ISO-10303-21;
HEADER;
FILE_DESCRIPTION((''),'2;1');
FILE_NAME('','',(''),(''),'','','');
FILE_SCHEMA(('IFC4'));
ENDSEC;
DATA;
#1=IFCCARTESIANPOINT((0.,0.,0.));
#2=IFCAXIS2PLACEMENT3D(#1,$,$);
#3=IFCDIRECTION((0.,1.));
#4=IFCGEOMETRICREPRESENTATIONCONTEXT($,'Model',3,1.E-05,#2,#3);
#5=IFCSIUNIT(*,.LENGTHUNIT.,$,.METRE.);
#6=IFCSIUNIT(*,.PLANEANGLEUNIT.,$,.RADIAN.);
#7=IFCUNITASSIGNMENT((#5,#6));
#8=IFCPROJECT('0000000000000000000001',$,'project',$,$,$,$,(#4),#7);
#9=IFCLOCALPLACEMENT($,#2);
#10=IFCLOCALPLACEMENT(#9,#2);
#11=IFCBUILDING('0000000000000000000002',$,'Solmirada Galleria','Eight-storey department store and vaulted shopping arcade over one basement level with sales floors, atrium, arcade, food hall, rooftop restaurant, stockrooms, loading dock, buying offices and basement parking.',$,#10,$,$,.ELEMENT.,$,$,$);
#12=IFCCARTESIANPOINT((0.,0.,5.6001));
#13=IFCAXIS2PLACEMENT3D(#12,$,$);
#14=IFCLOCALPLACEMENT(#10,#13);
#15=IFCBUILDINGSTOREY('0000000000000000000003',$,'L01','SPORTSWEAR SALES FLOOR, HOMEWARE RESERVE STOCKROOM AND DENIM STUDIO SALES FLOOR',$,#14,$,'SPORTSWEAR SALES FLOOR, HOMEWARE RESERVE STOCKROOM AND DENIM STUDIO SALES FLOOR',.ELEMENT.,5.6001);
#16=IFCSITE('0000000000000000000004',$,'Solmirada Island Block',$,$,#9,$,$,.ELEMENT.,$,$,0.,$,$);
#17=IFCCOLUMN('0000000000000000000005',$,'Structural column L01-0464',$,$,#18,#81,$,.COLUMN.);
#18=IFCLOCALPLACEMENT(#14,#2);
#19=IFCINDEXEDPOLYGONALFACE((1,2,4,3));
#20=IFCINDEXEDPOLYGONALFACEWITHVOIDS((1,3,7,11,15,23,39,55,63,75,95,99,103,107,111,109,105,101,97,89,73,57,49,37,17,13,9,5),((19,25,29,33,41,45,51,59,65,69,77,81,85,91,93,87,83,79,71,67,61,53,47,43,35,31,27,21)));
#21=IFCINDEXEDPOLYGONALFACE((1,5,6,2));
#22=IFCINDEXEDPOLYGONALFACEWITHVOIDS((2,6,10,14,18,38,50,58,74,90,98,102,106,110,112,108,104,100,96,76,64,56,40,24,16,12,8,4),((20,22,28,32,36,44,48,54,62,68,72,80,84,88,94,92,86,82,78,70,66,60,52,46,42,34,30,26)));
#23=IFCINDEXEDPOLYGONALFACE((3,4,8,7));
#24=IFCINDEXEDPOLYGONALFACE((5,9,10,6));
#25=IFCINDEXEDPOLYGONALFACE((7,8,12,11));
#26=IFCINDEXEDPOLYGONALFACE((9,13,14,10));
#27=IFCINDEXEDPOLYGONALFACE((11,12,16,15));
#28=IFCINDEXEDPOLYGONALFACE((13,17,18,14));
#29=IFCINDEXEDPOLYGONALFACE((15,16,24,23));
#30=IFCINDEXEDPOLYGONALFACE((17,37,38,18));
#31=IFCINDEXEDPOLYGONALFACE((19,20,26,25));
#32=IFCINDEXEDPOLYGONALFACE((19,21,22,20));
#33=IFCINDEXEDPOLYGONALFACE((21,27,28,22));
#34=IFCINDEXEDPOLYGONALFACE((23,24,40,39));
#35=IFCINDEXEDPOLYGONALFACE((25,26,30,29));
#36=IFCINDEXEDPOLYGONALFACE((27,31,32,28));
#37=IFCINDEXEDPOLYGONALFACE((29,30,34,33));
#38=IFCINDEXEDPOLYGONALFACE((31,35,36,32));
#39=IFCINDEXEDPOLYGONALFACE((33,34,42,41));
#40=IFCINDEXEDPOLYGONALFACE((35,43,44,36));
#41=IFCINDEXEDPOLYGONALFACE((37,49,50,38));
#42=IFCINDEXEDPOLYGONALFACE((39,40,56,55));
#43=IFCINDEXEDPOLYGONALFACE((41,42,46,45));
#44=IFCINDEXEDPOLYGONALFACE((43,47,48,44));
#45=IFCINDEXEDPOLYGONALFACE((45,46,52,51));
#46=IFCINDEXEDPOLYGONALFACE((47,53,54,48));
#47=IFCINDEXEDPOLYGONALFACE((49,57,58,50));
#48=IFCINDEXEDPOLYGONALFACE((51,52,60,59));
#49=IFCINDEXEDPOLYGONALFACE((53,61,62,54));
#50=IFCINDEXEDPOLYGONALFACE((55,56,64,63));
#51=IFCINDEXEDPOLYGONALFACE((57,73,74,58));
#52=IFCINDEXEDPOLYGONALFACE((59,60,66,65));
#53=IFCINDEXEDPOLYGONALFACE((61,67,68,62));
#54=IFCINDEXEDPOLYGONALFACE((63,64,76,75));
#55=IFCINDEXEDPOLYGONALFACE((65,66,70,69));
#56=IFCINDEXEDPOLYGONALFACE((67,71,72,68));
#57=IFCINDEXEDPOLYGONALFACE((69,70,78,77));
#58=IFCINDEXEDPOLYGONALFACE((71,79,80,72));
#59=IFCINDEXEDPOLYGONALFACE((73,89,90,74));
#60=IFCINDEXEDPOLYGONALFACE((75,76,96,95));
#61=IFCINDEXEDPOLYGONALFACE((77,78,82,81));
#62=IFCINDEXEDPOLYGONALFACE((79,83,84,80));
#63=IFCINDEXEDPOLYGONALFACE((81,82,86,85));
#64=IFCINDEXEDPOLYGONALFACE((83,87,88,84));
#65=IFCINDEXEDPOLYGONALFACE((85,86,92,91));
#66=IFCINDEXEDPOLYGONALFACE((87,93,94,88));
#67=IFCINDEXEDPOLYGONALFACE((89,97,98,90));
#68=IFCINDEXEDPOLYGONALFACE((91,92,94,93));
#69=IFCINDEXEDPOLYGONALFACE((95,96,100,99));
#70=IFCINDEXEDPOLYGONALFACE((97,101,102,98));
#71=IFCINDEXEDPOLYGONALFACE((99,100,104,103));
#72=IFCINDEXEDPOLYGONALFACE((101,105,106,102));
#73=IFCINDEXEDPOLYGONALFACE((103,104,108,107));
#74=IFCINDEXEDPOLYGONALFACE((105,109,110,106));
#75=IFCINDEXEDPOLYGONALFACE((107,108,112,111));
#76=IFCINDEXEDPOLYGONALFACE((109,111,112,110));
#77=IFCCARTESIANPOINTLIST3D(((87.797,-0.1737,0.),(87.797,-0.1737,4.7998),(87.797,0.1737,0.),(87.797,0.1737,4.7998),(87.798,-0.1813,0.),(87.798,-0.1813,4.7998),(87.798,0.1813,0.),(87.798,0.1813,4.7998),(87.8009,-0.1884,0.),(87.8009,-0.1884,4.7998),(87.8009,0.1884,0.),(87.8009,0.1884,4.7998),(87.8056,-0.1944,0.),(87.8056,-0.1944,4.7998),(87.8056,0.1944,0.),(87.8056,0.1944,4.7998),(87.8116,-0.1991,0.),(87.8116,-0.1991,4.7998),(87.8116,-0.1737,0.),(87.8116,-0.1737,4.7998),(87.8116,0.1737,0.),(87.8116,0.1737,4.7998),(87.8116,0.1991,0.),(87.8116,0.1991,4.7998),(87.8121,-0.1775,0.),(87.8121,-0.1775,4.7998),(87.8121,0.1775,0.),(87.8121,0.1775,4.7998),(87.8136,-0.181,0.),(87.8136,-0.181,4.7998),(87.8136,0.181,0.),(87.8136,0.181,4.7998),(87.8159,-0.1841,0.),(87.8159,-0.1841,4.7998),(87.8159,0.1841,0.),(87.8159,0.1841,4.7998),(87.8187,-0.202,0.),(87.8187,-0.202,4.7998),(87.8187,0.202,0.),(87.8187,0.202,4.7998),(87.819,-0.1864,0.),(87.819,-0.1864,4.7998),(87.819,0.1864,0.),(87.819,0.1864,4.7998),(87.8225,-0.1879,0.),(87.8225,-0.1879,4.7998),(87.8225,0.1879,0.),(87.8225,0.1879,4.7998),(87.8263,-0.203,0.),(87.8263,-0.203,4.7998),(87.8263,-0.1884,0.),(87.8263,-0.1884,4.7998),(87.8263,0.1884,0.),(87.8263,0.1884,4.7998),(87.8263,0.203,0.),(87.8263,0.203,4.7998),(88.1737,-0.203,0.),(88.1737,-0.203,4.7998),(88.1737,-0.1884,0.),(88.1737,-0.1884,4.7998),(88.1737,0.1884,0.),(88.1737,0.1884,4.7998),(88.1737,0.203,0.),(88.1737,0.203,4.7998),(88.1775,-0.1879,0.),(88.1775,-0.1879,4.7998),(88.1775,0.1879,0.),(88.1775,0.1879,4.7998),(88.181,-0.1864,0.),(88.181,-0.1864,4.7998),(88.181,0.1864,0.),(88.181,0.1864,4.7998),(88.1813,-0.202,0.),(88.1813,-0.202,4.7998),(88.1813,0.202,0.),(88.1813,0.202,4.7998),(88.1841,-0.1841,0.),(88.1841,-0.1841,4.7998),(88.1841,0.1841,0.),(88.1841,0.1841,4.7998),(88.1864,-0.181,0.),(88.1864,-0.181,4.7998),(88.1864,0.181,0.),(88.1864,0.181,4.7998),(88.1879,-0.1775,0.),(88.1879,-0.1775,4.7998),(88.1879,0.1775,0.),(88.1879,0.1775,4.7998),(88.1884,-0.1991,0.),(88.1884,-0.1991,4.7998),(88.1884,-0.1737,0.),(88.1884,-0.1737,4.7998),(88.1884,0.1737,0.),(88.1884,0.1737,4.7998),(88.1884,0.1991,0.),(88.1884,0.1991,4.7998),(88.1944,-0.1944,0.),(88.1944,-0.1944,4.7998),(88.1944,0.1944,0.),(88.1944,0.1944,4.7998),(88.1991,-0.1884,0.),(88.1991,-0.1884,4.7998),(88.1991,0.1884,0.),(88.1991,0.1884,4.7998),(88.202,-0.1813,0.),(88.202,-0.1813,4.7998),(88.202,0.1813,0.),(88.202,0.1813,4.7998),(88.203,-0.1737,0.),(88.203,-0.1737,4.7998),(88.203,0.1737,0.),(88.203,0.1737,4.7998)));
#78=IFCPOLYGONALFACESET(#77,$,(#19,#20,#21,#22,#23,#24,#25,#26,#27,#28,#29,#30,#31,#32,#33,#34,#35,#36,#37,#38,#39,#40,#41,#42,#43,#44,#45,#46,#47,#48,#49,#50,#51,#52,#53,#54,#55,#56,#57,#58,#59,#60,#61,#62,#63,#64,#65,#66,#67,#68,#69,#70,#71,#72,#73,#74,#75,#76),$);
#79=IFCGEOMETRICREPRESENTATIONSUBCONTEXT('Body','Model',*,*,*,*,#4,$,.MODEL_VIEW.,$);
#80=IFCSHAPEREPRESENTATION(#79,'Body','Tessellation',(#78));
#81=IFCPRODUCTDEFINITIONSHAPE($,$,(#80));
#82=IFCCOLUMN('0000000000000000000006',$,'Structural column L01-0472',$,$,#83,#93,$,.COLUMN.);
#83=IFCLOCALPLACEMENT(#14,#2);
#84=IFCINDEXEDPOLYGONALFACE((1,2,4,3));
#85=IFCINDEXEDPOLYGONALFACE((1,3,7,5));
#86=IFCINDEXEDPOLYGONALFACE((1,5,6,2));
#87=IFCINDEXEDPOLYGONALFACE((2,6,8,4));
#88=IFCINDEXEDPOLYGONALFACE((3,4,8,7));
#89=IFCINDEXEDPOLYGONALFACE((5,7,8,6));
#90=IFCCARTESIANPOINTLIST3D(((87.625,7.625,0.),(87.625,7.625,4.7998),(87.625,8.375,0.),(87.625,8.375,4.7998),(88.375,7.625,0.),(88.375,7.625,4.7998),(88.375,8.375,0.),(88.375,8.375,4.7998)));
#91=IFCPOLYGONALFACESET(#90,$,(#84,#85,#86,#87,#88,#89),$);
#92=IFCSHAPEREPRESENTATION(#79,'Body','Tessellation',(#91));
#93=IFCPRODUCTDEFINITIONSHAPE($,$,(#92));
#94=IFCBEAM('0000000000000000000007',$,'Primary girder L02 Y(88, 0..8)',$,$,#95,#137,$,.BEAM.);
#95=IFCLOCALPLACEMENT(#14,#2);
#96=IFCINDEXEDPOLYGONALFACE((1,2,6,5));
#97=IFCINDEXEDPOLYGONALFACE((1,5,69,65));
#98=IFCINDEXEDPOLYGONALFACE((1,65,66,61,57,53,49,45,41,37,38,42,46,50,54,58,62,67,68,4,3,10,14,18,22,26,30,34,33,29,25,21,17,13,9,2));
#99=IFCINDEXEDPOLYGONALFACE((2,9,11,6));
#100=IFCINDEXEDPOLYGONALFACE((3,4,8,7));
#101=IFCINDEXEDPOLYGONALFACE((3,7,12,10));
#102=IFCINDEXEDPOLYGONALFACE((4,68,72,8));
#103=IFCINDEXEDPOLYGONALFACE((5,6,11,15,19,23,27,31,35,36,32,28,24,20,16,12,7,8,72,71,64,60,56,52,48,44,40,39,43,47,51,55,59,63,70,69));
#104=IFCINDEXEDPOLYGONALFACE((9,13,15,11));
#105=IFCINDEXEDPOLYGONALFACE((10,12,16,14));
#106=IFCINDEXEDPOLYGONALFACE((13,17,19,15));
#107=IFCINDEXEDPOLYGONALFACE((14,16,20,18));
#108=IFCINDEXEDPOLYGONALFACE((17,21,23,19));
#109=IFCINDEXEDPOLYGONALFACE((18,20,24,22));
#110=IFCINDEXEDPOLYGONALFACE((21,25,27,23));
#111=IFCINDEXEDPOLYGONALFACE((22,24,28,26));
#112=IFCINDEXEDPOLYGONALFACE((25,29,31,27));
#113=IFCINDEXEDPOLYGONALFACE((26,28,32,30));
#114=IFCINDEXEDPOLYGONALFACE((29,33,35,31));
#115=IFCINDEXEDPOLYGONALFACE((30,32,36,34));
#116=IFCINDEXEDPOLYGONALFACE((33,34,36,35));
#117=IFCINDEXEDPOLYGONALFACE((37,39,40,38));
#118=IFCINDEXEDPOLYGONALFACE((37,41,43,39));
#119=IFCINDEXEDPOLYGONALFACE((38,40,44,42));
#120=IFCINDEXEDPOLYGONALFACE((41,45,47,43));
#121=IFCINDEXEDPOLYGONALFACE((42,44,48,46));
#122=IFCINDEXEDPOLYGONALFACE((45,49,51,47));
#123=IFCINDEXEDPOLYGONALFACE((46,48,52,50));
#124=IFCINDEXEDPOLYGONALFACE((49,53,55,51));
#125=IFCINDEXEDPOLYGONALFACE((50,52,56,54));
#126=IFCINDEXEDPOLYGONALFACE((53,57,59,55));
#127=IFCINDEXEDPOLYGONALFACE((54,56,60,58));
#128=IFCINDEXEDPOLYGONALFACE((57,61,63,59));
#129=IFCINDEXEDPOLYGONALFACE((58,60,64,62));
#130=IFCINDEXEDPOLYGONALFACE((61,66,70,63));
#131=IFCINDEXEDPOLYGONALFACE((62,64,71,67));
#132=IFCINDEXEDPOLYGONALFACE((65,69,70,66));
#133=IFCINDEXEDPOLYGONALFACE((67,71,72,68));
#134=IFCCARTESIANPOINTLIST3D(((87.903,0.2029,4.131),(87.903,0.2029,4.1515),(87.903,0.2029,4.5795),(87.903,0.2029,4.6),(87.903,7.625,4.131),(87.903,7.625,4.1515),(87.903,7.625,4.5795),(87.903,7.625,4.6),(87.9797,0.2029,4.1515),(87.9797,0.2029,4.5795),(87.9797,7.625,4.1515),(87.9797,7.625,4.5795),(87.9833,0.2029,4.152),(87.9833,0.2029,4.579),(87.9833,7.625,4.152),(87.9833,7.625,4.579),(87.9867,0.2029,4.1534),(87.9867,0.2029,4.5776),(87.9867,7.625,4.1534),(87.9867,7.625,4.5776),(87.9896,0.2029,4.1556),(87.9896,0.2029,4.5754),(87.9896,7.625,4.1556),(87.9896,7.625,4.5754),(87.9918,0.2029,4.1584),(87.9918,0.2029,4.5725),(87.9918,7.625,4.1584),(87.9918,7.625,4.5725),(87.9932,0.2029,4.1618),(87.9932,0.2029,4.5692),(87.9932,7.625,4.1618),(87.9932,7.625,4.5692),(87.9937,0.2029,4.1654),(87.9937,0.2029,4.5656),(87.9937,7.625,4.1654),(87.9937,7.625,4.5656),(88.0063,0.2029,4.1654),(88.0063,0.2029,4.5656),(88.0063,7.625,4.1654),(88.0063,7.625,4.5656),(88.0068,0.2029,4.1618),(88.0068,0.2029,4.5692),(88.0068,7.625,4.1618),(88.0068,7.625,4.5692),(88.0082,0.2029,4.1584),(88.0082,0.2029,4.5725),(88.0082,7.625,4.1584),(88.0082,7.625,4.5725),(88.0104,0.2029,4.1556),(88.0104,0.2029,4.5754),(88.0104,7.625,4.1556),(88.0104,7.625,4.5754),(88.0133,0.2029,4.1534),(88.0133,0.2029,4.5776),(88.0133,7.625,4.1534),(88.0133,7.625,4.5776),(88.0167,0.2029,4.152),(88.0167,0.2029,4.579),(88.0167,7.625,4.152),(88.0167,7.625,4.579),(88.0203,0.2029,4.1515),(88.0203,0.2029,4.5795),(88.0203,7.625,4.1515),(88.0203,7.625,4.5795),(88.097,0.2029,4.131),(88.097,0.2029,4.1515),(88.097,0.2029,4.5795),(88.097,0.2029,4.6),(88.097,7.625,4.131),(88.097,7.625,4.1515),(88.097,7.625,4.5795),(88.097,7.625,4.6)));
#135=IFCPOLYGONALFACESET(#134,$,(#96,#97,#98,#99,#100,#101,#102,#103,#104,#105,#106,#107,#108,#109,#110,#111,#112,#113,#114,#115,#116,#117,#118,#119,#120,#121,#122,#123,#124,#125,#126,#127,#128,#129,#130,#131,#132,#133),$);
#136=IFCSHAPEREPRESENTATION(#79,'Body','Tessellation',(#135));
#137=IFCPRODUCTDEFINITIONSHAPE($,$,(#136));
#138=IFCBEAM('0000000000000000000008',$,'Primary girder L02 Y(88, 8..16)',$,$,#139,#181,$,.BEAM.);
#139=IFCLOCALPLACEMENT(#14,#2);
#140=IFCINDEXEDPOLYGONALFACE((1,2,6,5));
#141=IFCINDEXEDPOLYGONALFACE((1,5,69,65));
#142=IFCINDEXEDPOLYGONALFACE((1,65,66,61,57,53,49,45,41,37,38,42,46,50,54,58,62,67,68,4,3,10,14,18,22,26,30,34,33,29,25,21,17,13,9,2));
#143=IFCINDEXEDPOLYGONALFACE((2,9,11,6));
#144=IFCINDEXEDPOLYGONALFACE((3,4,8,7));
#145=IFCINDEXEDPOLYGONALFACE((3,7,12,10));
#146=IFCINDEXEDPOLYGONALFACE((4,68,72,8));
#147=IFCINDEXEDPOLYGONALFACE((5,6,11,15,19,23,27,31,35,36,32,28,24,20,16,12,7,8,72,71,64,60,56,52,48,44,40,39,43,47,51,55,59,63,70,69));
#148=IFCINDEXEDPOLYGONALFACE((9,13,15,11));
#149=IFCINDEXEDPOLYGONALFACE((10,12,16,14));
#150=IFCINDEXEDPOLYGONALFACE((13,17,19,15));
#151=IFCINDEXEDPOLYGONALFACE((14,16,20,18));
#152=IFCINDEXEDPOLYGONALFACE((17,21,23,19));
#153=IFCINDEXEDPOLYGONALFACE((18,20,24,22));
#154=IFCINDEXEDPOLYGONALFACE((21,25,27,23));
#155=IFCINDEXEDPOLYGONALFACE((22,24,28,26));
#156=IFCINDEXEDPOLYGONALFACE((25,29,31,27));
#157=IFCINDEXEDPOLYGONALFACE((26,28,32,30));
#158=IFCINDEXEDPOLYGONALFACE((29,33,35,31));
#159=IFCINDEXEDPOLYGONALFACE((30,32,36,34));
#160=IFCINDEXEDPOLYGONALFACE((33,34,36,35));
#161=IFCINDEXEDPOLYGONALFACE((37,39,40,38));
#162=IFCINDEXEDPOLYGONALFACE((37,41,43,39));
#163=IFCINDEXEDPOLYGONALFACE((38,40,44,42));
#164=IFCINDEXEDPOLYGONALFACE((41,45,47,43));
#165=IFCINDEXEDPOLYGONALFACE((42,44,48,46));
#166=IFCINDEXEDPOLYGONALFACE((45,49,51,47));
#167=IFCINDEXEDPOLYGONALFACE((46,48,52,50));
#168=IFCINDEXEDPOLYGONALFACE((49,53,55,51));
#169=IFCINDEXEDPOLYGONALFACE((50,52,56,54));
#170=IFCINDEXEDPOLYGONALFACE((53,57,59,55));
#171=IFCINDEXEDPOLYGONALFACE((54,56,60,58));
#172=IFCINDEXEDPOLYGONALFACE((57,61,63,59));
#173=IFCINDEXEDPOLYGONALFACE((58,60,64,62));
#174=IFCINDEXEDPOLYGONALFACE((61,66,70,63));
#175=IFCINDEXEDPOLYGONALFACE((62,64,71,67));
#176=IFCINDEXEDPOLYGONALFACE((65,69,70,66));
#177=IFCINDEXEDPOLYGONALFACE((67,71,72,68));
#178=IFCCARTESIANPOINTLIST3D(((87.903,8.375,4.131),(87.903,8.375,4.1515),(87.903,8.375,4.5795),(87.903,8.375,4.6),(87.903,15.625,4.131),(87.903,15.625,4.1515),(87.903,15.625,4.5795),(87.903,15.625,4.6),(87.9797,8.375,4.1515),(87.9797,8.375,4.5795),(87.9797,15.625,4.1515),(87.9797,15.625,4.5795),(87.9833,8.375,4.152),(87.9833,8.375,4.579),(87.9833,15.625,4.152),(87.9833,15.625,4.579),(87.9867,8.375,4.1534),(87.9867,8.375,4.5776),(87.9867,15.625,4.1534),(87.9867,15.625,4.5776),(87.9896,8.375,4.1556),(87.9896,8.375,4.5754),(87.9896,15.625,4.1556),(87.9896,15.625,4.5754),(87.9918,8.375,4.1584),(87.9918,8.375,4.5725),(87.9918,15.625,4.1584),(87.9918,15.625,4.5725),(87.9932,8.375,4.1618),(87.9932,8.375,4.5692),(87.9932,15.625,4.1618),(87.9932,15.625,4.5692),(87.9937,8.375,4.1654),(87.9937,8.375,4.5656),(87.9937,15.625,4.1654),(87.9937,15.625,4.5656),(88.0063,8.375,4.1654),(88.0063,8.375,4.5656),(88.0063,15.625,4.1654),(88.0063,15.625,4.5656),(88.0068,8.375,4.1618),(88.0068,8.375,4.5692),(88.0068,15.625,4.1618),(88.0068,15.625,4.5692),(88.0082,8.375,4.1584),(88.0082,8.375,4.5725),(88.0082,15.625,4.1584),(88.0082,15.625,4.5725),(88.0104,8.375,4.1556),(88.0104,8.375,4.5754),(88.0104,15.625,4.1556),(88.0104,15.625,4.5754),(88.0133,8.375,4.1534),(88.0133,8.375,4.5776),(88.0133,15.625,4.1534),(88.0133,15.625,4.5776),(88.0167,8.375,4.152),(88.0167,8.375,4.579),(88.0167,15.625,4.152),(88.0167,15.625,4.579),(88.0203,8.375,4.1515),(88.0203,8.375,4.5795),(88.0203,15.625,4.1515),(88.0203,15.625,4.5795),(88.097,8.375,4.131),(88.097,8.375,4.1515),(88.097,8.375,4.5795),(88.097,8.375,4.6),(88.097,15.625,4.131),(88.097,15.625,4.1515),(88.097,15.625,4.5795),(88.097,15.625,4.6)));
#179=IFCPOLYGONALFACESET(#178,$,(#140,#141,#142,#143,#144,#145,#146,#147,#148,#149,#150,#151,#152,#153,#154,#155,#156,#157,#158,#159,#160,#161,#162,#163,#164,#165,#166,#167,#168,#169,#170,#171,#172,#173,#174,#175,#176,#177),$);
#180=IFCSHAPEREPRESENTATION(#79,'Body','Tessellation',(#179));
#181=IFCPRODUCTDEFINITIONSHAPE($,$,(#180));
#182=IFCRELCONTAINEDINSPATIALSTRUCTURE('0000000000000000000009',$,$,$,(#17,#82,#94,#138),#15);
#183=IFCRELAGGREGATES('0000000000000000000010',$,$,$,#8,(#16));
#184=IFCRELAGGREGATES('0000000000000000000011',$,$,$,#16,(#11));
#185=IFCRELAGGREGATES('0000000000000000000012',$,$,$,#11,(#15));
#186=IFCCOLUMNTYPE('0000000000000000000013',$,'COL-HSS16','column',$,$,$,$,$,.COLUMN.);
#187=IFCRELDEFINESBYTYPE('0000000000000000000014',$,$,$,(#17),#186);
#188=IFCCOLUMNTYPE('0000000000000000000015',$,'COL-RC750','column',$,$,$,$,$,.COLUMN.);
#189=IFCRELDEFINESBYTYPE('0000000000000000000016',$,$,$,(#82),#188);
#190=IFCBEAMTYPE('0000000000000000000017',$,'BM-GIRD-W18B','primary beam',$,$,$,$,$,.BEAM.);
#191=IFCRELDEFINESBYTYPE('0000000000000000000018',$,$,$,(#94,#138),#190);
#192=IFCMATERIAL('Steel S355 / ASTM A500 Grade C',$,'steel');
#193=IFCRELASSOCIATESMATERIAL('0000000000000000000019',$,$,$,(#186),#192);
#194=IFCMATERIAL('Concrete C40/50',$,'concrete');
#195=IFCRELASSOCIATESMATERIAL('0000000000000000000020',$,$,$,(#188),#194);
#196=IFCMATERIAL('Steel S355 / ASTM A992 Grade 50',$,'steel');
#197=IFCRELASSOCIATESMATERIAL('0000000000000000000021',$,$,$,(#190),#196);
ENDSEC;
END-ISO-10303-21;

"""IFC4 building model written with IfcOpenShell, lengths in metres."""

from ifc_helpers import new_model, si_unit, direction, frame, origin, origin_2d, place, context, subcontext, project, spatial, rectangle, hollow_rectangle, i_section, extrude, material, material_profile, profile_set, type_object, element, save


model = new_model("IFC4")

# Units and contexts
model_context = context("Model", 3, precision=1e-05, world=origin(), true_north=direction((0.0, 1.0)))
body_context = subcontext(model_context, "Body", "Model", "MODEL_VIEW")
ifc_project = project(units=[si_unit("LENGTHUNIT", "METRE"), si_unit("PLANEANGLEUNIT", "RADIAN")], contexts=[model_context])

# Site, building, storey
site_placement = place(None, origin())
site = spatial("IfcSite", under=ifc_project, at=site_placement, Name="Solmirada Island Block", CompositionType="ELEMENT", RefElevation=0.0)
building_placement = place(site_placement, origin())
building = spatial("IfcBuilding", under=site, at=building_placement, Name="Solmirada Galleria", Description="Eight-storey department store and vaulted shopping arcade over one basement level with sales floors, atrium, arcade, food hall, rooftop restaurant, stockrooms, loading dock, buying offices and basement parking.", CompositionType="ELEMENT")
storey_placement = place(building_placement, frame((0.0, 0.0, 5.6001)))
storey = spatial("IfcBuildingStorey", under=building, at=storey_placement, Name="L01", Description="SPORTSWEAR SALES FLOOR, HOMEWARE RESERVE STOCKROOM AND DENIM STUDIO SALES FLOOR", LongName="SPORTSWEAR SALES FLOOR, HOMEWARE RESERVE STOCKROOM AND DENIM STUDIO SALES FLOOR", CompositionType="ELEMENT", Elevation=5.6001)

# Columns
ifc_material_1 = material(Name="Steel S355 / ASTM A500 Grade C", Category="steel")
ifc_material_profile_1 = material_profile(ifc_material_1, hollow_rectangle(XDim=0.406, YDim=0.406, WallThickness=0.0146, InnerFilletRadius=0.0146, OuterFilletRadius=0.0293, at=origin_2d()), Name="HSS16X16X5/8")
ifc_profile_set_1 = profile_set([ifc_material_profile_1], Name="Steel S355 / ASTM A500 Grade C")
column_type_1 = type_object("IfcColumnType", Name="COL-HSS16", Description="column", PredefinedType="COLUMN", material=ifc_profile_set_1)
column_1_placement = place(storey_placement, frame((88.0, 0.0, 0.0), z_axis=(0.0, 0.0, 1.0), x_axis=(1.0, 0.0, 0.0)))
element("IfcColumn", 1, at=column_1_placement, inside=storey, type_object=column_type_1, Name="Structural column L01-0464", PredefinedType="COLUMN", context=body_context, shape_type="SweptSolid", body=[
    extrude(hollow_rectangle(XDim=0.406, YDim=0.406, WallThickness=0.0146, InnerFilletRadius=0.0146, OuterFilletRadius=0.0293, at=origin_2d()), origin(), (0.0, 0.0, 1.0), 4.7998),
])
ifc_material_2 = material(Name="Concrete C40/50", Category="concrete")
ifc_material_profile_2 = material_profile(ifc_material_2, rectangle(XDim=0.75, YDim=0.75, at=origin_2d()), Name="RC750X750")
ifc_profile_set_2 = profile_set([ifc_material_profile_2], Name="Concrete C40/50")
column_type_2 = type_object("IfcColumnType", Name="COL-RC750", Description="column", PredefinedType="COLUMN", material=ifc_profile_set_2)
column_2_placement = place(storey_placement, frame((88.0, 8.0, 0.0), z_axis=(0.0, 0.0, 1.0), x_axis=(1.0, 0.0, 0.0)))
element("IfcColumn", 2, at=column_2_placement, inside=storey, type_object=column_type_2, Name="Structural column L01-0472", PredefinedType="COLUMN", context=body_context, shape_type="SweptSolid", body=[
    extrude(rectangle(XDim=0.75, YDim=0.75, at=origin_2d()), origin(), (0.0, 0.0, 1.0), 4.7998),
])

# Beams
ifc_material_3 = material(Name="Steel S355 / ASTM A992 Grade 50", Category="steel")
ifc_material_profile_3 = material_profile(ifc_material_3, i_section(OverallWidth=0.1941, OverallDepth=0.469, WebThickness=0.0127, FlangeThickness=0.0205, FilletRadius=0.0139, at=origin_2d()), Name="W18X71")
ifc_profile_set_3 = profile_set([ifc_material_profile_3], Name="Steel S355 / ASTM A992 Grade 50")
beam_type_1 = type_object("IfcBeamType", Name="BM-GIRD-W18B", Description="primary beam", PredefinedType="BEAM", material=ifc_profile_set_3)
beam_1_placement = place(storey_placement, frame((88.0, 0.2029, 4.3655), z_axis=(0.0, 1.0, 0.0), x_axis=(-1.0, 0.0, 0.0)))
element("IfcBeam", 3, at=beam_1_placement, inside=storey, type_object=beam_type_1, Name="Primary girder L02 Y(88, 0..8)", PredefinedType="BEAM", context=body_context, shape_type="SweptSolid", body=[
    extrude(i_section(OverallWidth=0.1941, OverallDepth=0.469, WebThickness=0.0127, FlangeThickness=0.0205, FilletRadius=0.0139, at=origin_2d()), origin(), (0.0, 0.0, 1.0), 7.4221),
])
beam_2_placement = place(storey_placement, frame((88.0, 8.375, 4.3655), z_axis=(0.0, 1.0, 0.0), x_axis=(-1.0, 0.0, 0.0)))
element("IfcBeam", 4, at=beam_2_placement, inside=storey, type_object=beam_type_1, Name="Primary girder L02 Y(88, 8..16)", PredefinedType="BEAM", context=body_context, shape_type="SweptSolid", body=[
    extrude(i_section(OverallWidth=0.1941, OverallDepth=0.469, WebThickness=0.0127, FlangeThickness=0.0205, FilletRadius=0.0139, at=origin_2d()), origin(), (0.0, 0.0, 1.0), 7.25),
])

save(model, "model.ifc")
